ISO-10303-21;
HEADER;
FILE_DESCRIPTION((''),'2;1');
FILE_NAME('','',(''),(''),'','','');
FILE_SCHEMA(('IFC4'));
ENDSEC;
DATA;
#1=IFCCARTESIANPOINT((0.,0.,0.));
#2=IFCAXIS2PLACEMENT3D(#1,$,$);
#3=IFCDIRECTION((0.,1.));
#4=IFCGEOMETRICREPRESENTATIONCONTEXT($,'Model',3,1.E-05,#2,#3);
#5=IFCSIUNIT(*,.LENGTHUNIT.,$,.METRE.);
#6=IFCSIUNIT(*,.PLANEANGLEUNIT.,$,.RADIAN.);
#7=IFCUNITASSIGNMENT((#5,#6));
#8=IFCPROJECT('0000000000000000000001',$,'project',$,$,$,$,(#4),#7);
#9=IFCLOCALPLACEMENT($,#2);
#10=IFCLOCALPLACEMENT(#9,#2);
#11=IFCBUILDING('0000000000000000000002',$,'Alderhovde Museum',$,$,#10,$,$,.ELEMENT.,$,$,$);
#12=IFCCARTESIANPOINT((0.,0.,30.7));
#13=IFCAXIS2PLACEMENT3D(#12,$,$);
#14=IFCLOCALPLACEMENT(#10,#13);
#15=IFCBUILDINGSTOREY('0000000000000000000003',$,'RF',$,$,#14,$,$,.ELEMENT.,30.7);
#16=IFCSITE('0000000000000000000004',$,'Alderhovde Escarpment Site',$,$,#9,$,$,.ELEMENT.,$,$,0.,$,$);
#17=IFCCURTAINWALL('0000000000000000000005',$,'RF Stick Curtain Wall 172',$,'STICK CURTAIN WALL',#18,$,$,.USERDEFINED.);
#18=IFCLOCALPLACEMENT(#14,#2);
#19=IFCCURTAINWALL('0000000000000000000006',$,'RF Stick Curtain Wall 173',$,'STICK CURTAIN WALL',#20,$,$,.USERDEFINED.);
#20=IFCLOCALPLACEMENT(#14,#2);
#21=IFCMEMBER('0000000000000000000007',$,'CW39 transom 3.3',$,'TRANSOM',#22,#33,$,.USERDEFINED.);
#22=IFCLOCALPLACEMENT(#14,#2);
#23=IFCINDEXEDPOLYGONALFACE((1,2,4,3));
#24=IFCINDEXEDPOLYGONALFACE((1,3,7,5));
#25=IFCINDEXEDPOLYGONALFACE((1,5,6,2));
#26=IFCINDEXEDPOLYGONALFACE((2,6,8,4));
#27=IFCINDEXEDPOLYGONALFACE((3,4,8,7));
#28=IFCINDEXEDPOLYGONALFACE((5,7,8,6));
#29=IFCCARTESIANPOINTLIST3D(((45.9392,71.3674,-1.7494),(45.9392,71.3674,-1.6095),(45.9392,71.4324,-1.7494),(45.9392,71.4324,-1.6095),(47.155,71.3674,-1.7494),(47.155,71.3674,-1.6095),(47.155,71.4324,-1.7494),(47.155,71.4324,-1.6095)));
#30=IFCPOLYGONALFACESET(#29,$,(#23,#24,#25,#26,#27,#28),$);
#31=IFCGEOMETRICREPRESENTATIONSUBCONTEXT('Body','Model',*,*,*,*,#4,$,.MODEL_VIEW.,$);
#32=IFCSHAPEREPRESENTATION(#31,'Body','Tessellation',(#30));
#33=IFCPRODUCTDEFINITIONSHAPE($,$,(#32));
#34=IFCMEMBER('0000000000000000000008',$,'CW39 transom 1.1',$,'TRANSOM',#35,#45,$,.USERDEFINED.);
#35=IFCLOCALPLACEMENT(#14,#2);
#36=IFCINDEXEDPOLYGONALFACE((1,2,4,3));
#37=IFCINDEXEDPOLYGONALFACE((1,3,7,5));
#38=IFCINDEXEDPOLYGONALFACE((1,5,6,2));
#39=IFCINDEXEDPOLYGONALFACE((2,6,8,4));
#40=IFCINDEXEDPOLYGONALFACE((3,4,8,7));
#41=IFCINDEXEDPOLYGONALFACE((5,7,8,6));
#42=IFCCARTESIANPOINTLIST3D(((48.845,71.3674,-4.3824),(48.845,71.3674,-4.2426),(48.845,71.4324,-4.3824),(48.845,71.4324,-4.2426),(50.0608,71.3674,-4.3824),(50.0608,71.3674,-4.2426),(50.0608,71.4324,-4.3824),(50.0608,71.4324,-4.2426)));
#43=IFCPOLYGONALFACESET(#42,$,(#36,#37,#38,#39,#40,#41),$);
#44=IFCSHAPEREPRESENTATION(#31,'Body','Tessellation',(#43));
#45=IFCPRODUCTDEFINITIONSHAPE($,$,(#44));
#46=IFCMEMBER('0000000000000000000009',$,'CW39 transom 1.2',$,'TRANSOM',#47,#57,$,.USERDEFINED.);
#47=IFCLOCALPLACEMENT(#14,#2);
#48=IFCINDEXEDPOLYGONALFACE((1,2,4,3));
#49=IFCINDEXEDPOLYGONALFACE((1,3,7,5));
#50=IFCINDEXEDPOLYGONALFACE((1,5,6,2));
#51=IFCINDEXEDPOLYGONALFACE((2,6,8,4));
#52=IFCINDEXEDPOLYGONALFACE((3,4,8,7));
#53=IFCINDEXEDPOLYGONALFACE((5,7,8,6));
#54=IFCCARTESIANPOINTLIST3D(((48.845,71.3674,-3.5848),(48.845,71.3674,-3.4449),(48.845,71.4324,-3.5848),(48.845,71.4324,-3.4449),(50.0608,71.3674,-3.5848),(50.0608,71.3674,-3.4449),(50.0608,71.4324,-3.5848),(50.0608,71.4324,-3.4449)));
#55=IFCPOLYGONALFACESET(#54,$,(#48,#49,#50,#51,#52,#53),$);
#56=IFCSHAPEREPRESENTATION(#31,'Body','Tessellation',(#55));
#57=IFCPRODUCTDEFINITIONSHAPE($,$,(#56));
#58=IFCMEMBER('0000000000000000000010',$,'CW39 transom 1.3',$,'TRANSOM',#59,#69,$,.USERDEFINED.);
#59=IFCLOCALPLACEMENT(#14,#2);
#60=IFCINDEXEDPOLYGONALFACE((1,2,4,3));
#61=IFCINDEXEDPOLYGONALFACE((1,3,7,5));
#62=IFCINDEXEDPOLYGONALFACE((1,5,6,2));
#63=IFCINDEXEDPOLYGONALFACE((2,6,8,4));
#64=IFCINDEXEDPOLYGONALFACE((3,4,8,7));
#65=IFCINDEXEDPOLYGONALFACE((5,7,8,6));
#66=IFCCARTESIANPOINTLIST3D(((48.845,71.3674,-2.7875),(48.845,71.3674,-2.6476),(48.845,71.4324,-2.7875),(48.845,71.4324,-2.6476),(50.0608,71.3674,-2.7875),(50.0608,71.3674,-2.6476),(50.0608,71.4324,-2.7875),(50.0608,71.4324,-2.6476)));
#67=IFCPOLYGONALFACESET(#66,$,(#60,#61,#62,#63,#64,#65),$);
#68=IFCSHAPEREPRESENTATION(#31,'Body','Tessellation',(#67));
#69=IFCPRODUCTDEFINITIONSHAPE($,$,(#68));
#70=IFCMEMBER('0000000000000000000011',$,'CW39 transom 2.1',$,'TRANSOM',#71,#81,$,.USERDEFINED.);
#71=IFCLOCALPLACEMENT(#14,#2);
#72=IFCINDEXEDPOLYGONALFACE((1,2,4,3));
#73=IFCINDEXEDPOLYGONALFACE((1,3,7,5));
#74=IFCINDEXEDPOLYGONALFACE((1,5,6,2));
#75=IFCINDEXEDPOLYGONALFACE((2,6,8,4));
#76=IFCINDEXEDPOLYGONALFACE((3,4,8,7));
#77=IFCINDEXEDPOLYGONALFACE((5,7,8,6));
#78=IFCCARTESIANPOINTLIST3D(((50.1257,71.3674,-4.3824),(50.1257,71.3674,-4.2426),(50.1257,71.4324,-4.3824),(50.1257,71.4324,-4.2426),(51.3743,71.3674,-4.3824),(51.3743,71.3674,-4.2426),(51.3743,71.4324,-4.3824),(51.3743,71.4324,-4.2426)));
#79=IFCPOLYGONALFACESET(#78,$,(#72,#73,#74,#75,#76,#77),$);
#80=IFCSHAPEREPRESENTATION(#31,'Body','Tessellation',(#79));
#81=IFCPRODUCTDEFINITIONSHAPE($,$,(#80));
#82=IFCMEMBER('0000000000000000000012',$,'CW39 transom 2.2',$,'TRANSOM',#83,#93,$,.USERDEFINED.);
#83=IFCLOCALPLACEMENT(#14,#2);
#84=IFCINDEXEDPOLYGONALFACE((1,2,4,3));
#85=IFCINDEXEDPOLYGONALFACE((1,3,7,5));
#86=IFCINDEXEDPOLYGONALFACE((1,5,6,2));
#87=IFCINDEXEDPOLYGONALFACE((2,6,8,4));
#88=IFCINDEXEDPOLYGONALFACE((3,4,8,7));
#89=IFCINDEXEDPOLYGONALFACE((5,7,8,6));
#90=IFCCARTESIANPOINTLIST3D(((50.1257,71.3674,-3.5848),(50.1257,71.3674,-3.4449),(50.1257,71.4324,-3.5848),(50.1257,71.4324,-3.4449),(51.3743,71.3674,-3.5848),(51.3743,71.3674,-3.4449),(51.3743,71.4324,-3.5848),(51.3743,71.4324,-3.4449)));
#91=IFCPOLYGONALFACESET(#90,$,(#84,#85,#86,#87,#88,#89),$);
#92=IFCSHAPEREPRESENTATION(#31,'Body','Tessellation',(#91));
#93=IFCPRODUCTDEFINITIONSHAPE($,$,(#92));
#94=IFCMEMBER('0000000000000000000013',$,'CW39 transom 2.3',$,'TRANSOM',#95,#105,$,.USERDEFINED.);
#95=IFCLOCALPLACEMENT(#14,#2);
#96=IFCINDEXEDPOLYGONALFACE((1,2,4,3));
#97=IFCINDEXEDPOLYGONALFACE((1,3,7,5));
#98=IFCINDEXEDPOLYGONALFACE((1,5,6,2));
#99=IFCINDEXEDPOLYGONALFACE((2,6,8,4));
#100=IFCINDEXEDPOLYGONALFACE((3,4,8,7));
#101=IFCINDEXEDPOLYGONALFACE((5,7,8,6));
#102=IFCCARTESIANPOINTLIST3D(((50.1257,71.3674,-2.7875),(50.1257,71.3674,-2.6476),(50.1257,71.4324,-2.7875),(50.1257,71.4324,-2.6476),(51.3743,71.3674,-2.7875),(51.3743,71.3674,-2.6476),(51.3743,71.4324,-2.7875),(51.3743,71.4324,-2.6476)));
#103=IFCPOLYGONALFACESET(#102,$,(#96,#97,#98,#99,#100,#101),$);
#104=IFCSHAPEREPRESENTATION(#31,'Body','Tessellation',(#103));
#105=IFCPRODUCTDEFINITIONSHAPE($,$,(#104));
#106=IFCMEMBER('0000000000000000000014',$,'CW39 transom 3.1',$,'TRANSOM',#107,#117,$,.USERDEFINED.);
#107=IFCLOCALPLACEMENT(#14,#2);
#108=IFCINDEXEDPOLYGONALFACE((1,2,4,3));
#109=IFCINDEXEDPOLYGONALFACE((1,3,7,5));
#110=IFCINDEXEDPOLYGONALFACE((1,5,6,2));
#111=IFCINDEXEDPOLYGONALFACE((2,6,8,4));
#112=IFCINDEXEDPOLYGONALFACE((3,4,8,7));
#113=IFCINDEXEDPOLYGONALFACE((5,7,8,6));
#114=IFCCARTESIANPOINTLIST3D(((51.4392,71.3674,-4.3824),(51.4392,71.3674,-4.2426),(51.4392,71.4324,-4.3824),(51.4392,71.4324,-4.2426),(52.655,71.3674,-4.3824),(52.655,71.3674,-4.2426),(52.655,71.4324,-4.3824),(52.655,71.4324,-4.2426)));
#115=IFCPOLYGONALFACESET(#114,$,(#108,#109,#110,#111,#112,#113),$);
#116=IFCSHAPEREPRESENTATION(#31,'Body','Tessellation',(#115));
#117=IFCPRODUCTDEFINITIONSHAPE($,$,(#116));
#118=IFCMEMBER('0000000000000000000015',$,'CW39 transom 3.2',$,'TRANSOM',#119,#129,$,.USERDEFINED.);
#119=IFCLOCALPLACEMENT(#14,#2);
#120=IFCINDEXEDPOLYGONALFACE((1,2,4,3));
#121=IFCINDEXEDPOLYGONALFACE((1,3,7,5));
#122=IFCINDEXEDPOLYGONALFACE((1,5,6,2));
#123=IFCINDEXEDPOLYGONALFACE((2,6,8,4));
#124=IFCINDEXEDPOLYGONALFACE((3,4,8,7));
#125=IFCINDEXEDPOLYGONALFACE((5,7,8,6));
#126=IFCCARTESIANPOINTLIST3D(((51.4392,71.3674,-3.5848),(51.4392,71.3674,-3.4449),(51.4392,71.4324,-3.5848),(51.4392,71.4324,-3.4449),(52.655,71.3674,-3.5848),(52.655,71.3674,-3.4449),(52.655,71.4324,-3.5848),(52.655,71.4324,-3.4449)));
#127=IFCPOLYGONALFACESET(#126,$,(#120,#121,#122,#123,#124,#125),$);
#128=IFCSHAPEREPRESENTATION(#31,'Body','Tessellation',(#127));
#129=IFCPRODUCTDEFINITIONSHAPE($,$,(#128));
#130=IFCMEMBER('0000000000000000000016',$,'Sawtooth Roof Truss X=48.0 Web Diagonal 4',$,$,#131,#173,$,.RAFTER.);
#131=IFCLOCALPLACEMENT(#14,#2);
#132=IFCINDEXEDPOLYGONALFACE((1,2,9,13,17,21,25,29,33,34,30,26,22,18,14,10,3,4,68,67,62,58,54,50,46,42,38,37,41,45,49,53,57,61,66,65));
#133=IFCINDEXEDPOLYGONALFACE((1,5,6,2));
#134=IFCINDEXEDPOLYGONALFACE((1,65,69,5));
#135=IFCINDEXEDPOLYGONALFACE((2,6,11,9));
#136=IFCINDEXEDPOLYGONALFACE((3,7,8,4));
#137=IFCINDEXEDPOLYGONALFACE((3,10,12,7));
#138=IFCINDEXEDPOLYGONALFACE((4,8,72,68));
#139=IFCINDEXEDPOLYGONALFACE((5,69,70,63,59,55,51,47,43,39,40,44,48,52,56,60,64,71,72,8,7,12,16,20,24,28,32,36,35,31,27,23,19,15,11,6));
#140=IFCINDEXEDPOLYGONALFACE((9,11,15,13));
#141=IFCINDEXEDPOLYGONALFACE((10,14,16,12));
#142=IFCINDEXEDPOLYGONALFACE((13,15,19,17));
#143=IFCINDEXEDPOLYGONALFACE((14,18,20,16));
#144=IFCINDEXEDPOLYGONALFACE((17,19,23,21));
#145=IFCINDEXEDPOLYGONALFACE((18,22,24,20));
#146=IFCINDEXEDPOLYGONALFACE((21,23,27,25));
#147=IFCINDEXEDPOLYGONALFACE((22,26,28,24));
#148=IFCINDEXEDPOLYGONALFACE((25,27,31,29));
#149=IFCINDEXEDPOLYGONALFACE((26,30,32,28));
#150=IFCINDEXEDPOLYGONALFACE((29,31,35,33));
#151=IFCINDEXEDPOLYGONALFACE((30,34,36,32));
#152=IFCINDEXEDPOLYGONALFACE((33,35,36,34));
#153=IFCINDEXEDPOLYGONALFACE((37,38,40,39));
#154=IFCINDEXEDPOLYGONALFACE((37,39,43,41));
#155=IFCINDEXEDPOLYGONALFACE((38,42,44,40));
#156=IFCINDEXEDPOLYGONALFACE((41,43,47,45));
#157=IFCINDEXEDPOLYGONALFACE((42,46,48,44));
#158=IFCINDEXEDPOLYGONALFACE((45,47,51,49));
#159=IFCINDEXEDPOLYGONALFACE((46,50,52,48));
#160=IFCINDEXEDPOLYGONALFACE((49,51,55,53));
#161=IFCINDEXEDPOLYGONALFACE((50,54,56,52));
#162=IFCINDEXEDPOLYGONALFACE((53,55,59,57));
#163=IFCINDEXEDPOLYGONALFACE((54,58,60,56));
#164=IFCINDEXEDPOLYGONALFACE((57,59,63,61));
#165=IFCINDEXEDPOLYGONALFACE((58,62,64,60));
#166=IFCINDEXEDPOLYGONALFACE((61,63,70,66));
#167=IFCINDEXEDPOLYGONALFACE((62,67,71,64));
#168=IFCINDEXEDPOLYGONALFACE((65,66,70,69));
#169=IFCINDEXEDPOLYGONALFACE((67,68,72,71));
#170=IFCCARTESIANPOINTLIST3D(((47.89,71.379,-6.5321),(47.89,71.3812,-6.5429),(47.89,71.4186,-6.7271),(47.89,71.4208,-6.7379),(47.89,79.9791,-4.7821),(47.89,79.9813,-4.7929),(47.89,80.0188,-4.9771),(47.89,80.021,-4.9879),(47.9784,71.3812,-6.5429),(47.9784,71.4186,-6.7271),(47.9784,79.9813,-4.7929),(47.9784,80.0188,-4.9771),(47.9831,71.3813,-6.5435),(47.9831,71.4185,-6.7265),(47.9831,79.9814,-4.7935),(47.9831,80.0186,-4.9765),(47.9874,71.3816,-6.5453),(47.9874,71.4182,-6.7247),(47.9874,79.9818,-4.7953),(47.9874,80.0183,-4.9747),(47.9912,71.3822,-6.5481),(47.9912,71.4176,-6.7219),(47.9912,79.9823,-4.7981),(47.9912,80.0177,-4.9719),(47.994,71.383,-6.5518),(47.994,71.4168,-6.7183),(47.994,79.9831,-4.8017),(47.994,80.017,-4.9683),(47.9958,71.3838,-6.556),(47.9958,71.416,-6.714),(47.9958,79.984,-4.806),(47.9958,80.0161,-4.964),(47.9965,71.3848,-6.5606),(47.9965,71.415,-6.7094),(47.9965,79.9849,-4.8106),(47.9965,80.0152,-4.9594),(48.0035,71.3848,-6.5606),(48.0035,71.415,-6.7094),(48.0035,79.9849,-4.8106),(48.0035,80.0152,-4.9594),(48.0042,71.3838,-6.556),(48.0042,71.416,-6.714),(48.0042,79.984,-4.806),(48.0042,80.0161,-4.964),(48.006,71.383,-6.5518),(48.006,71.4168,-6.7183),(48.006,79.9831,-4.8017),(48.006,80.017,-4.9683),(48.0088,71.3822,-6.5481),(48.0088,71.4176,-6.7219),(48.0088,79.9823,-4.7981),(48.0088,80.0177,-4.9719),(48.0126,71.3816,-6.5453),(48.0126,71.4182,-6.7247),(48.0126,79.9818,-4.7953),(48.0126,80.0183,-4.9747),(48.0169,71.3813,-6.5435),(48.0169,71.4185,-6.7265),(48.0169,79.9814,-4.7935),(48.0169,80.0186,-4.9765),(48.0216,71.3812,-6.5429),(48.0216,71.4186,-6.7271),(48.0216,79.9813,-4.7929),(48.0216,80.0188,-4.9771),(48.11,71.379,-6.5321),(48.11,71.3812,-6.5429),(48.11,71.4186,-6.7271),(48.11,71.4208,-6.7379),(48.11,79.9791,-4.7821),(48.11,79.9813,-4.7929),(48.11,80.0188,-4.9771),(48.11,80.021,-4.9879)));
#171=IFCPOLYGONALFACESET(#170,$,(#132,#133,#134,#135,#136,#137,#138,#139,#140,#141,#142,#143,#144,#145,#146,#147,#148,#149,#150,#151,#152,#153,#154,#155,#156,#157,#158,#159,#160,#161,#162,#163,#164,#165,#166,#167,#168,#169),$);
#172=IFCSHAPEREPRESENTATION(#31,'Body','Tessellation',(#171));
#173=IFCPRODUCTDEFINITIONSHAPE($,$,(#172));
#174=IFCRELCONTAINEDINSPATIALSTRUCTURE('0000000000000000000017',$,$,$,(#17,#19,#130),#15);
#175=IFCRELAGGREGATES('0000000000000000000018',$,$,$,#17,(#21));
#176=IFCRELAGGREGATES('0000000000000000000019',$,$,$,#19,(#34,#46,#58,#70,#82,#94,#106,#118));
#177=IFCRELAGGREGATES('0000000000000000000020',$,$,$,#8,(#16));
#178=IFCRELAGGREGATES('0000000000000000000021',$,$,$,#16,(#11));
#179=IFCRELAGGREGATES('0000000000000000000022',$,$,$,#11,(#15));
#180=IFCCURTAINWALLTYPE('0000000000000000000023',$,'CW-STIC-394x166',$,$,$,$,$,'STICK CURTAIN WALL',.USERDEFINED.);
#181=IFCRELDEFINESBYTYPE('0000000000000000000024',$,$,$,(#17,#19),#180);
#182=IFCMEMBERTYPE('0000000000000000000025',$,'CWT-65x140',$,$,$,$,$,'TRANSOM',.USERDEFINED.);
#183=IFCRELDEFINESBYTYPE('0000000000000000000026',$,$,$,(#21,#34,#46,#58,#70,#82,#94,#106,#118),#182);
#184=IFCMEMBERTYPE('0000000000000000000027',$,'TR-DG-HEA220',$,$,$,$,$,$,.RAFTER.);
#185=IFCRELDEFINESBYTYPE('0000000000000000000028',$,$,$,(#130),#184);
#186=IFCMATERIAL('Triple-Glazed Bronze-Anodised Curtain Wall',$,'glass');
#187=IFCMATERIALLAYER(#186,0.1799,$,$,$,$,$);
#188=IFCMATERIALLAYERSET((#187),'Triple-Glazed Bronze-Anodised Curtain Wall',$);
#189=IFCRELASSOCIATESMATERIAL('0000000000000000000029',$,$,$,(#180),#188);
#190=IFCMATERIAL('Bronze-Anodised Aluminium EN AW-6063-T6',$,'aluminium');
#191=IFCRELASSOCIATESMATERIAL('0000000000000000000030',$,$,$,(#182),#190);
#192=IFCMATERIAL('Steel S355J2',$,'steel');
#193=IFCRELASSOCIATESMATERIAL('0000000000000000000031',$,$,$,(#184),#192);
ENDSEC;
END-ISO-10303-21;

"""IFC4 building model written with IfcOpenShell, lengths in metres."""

from ifc_helpers import new_model, si_unit, direction, frame, origin, origin_2d, place, context, subcontext, project, spatial, rectangle, i_section, extrude, material, layer, layer_set, material_profile, profile_set, type_object, element, aggregate, save


model = new_model("IFC4")

# Units and contexts
model_context = context("Model", 3, precision=1e-05, world=origin(), true_north=direction((0.0, 1.0)))
body_context = subcontext(model_context, "Body", "Model", "MODEL_VIEW")
ifc_project = project(units=[si_unit("LENGTHUNIT", "METRE"), si_unit("PLANEANGLEUNIT", "RADIAN")], contexts=[model_context])

# Site, building, storey
site_placement = place(None, origin())
site = spatial("IfcSite", under=ifc_project, at=site_placement, Name="Alderhovde Escarpment Site", CompositionType="ELEMENT", RefElevation=0.0)
building_placement = place(site_placement, origin())
building = spatial("IfcBuilding", under=site, at=building_placement, Name="Alderhovde Museum", CompositionType="ELEMENT")
storey_placement = place(building_placement, frame((0.0, 0.0, 30.7)))
storey = spatial("IfcBuildingStorey", under=building, at=storey_placement, Name="RF", CompositionType="ELEMENT", Elevation=30.7)

# Curtain walls
ifc_material_1 = material(Name="Triple-Glazed Bronze-Anodised Curtain Wall", Category="glass")
ifc_layer_1 = layer(ifc_material_1, 0.1799)
ifc_layer_set_1 = layer_set([ifc_layer_1], Name="Triple-Glazed Bronze-Anodised Curtain Wall")
curtain_wall_type = type_object("IfcCurtainWallType", Name="CW-STIC-394x166", ElementType="STICK CURTAIN WALL", PredefinedType="USERDEFINED", material=ifc_layer_set_1)
curtain_wall_1_placement = place(storey_placement, origin())
curtain_wall_1 = element("IfcCurtainWall", 1, at=curtain_wall_1_placement, inside=storey, type_object=curtain_wall_type, Name="RF Stick Curtain Wall 172", ObjectType="STICK CURTAIN WALL", PredefinedType="USERDEFINED")
curtain_wall_2_placement = place(storey_placement, origin())
curtain_wall_2 = element("IfcCurtainWall", 2, at=curtain_wall_2_placement, inside=storey, type_object=curtain_wall_type, Name="RF Stick Curtain Wall 173", ObjectType="STICK CURTAIN WALL", PredefinedType="USERDEFINED")

# Members
ifc_material_2 = material(Name="Bronze-Anodised Aluminium EN AW-6063-T6", Category="aluminium")
ifc_material_profile_1 = material_profile(ifc_material_2, rectangle(XDim=0.0649, YDim=0.1399, at=origin_2d()), Name="TRANSOM 65x140")
ifc_profile_set_1 = profile_set([ifc_material_profile_1], Name="Bronze-Anodised Aluminium EN AW-6063-T6")
member_type_1 = type_object("IfcMemberType", Name="CWT-65x140", ElementType="TRANSOM", PredefinedType="USERDEFINED", material=ifc_profile_set_1)
member_1_placement = place(storey_placement, frame((45.9392, 71.3999, -1.6794), z_axis=(1.0, 0.0, 0.0), x_axis=(0.0, 1.0, 0.0)))
member_1 = element("IfcMember", 3, at=member_1_placement, type_object=member_type_1, Name="CW39 transom 3.3", ObjectType="TRANSOM", PredefinedType="USERDEFINED", context=body_context, shape_type="SweptSolid", body=[
    extrude(rectangle(XDim=0.0649, YDim=0.1399, at=origin_2d()), origin(), (0.0, 0.0, 1.0), 1.2158),
])
member_2_placement = place(storey_placement, frame((48.845, 71.3999, -4.3125), z_axis=(1.0, 0.0, 0.0), x_axis=(0.0, 1.0, 0.0)))
member_2 = element("IfcMember", 4, at=member_2_placement, type_object=member_type_1, Name="CW39 transom 1.1", ObjectType="TRANSOM", PredefinedType="USERDEFINED", context=body_context, shape_type="SweptSolid", body=[
    extrude(rectangle(XDim=0.0649, YDim=0.1399, at=origin_2d()), origin(), (0.0, 0.0, 1.0), 1.2158),
])
member_3_placement = place(storey_placement, frame((48.845, 71.3999, -3.5149), z_axis=(1.0, 0.0, 0.0), x_axis=(0.0, 1.0, 0.0)))
member_3 = element("IfcMember", 5, at=member_3_placement, type_object=member_type_1, Name="CW39 transom 1.2", ObjectType="TRANSOM", PredefinedType="USERDEFINED", context=body_context, shape_type="SweptSolid", body=[
    extrude(rectangle(XDim=0.0649, YDim=0.1399, at=origin_2d()), origin(), (0.0, 0.0, 1.0), 1.2158),
])
member_4_placement = place(storey_placement, frame((48.845, 71.3999, -2.7175), z_axis=(1.0, 0.0, 0.0), x_axis=(0.0, 1.0, 0.0)))
member_4 = element("IfcMember", 6, at=member_4_placement, type_object=member_type_1, Name="CW39 transom 1.3", ObjectType="TRANSOM", PredefinedType="USERDEFINED", context=body_context, shape_type="SweptSolid", body=[
    extrude(rectangle(XDim=0.0649, YDim=0.1399, at=origin_2d()), origin(), (0.0, 0.0, 1.0), 1.2158),
])
member_5_placement = place(storey_placement, frame((50.1257, 71.3999, -4.3125), z_axis=(1.0, 0.0, 0.0), x_axis=(0.0, 1.0, 0.0)))
member_5 = element("IfcMember", 7, at=member_5_placement, type_object=member_type_1, Name="CW39 transom 2.1", ObjectType="TRANSOM", PredefinedType="USERDEFINED", context=body_context, shape_type="SweptSolid", body=[
    extrude(rectangle(XDim=0.0649, YDim=0.1399, at=origin_2d()), origin(), (0.0, 0.0, 1.0), 1.2485),
])
member_6_placement = place(storey_placement, frame((50.1257, 71.3999, -3.5149), z_axis=(1.0, 0.0, 0.0), x_axis=(0.0, 1.0, 0.0)))
member_6 = element("IfcMember", 8, at=member_6_placement, type_object=member_type_1, Name="CW39 transom 2.2", ObjectType="TRANSOM", PredefinedType="USERDEFINED", context=body_context, shape_type="SweptSolid", body=[
    extrude(rectangle(XDim=0.0649, YDim=0.1399, at=origin_2d()), origin(), (0.0, 0.0, 1.0), 1.2485),
])
member_7_placement = place(storey_placement, frame((50.1257, 71.3999, -2.7175), z_axis=(1.0, 0.0, 0.0), x_axis=(0.0, 1.0, 0.0)))
member_7 = element("IfcMember", 9, at=member_7_placement, type_object=member_type_1, Name="CW39 transom 2.3", ObjectType="TRANSOM", PredefinedType="USERDEFINED", context=body_context, shape_type="SweptSolid", body=[
    extrude(rectangle(XDim=0.0649, YDim=0.1399, at=origin_2d()), origin(), (0.0, 0.0, 1.0), 1.2485),
])
member_8_placement = place(storey_placement, frame((51.4392, 71.3999, -4.3125), z_axis=(1.0, 0.0, 0.0), x_axis=(0.0, 1.0, 0.0)))
member_8 = element("IfcMember", 10, at=member_8_placement, type_object=member_type_1, Name="CW39 transom 3.1", ObjectType="TRANSOM", PredefinedType="USERDEFINED", context=body_context, shape_type="SweptSolid", body=[
    extrude(rectangle(XDim=0.0649, YDim=0.1399, at=origin_2d()), origin(), (0.0, 0.0, 1.0), 1.2158),
])
member_9_placement = place(storey_placement, frame((51.4392, 71.3999, -3.5149), z_axis=(1.0, 0.0, 0.0), x_axis=(0.0, 1.0, 0.0)))
member_9 = element("IfcMember", 11, at=member_9_placement, type_object=member_type_1, Name="CW39 transom 3.2", ObjectType="TRANSOM", PredefinedType="USERDEFINED", context=body_context, shape_type="SweptSolid", body=[
    extrude(rectangle(XDim=0.0649, YDim=0.1399, at=origin_2d()), origin(), (0.0, 0.0, 1.0), 1.2158),
])

# Member
ifc_material_3 = material(Name="Steel S355J2", Category="steel")
ifc_material_profile_2 = material_profile(ifc_material_3, i_section(OverallWidth=0.22, OverallDepth=0.21, WebThickness=0.0071, FlangeThickness=0.011, FilletRadius=0.0181, at=origin_2d()), Name="HEA 220")
ifc_profile_set_2 = profile_set([ifc_material_profile_2], Name="Steel S355J2")
member_type_2 = type_object("IfcMemberType", Name="TR-DG-HEA220", PredefinedType="RAFTER", material=ifc_profile_set_2)
member_10_placement = place(storey_placement, frame((48.0, 71.3999, -6.635), z_axis=(0.0, 0.979918, 0.1994), x_axis=(-1.0, 0.0, 0.0)))
element("IfcMember", 12, at=member_10_placement, inside=storey, type_object=member_type_2, Name="Sawtooth Roof Truss X=48.0 Web Diagonal 4", PredefinedType="RAFTER", context=body_context, shape_type="SweptSolid", body=[
    extrude(i_section(OverallWidth=0.22, OverallDepth=0.21, WebThickness=0.0071, FlangeThickness=0.011, FilletRadius=0.0181, at=origin_2d()), origin(), (0.0, 0.0, 1.0), 8.7764),
])

aggregate(curtain_wall_1, [member_1])
aggregate(curtain_wall_2, [member_2, member_3, member_4, member_5, member_6, member_7, member_8, member_9])

save(model, "model.ifc")
